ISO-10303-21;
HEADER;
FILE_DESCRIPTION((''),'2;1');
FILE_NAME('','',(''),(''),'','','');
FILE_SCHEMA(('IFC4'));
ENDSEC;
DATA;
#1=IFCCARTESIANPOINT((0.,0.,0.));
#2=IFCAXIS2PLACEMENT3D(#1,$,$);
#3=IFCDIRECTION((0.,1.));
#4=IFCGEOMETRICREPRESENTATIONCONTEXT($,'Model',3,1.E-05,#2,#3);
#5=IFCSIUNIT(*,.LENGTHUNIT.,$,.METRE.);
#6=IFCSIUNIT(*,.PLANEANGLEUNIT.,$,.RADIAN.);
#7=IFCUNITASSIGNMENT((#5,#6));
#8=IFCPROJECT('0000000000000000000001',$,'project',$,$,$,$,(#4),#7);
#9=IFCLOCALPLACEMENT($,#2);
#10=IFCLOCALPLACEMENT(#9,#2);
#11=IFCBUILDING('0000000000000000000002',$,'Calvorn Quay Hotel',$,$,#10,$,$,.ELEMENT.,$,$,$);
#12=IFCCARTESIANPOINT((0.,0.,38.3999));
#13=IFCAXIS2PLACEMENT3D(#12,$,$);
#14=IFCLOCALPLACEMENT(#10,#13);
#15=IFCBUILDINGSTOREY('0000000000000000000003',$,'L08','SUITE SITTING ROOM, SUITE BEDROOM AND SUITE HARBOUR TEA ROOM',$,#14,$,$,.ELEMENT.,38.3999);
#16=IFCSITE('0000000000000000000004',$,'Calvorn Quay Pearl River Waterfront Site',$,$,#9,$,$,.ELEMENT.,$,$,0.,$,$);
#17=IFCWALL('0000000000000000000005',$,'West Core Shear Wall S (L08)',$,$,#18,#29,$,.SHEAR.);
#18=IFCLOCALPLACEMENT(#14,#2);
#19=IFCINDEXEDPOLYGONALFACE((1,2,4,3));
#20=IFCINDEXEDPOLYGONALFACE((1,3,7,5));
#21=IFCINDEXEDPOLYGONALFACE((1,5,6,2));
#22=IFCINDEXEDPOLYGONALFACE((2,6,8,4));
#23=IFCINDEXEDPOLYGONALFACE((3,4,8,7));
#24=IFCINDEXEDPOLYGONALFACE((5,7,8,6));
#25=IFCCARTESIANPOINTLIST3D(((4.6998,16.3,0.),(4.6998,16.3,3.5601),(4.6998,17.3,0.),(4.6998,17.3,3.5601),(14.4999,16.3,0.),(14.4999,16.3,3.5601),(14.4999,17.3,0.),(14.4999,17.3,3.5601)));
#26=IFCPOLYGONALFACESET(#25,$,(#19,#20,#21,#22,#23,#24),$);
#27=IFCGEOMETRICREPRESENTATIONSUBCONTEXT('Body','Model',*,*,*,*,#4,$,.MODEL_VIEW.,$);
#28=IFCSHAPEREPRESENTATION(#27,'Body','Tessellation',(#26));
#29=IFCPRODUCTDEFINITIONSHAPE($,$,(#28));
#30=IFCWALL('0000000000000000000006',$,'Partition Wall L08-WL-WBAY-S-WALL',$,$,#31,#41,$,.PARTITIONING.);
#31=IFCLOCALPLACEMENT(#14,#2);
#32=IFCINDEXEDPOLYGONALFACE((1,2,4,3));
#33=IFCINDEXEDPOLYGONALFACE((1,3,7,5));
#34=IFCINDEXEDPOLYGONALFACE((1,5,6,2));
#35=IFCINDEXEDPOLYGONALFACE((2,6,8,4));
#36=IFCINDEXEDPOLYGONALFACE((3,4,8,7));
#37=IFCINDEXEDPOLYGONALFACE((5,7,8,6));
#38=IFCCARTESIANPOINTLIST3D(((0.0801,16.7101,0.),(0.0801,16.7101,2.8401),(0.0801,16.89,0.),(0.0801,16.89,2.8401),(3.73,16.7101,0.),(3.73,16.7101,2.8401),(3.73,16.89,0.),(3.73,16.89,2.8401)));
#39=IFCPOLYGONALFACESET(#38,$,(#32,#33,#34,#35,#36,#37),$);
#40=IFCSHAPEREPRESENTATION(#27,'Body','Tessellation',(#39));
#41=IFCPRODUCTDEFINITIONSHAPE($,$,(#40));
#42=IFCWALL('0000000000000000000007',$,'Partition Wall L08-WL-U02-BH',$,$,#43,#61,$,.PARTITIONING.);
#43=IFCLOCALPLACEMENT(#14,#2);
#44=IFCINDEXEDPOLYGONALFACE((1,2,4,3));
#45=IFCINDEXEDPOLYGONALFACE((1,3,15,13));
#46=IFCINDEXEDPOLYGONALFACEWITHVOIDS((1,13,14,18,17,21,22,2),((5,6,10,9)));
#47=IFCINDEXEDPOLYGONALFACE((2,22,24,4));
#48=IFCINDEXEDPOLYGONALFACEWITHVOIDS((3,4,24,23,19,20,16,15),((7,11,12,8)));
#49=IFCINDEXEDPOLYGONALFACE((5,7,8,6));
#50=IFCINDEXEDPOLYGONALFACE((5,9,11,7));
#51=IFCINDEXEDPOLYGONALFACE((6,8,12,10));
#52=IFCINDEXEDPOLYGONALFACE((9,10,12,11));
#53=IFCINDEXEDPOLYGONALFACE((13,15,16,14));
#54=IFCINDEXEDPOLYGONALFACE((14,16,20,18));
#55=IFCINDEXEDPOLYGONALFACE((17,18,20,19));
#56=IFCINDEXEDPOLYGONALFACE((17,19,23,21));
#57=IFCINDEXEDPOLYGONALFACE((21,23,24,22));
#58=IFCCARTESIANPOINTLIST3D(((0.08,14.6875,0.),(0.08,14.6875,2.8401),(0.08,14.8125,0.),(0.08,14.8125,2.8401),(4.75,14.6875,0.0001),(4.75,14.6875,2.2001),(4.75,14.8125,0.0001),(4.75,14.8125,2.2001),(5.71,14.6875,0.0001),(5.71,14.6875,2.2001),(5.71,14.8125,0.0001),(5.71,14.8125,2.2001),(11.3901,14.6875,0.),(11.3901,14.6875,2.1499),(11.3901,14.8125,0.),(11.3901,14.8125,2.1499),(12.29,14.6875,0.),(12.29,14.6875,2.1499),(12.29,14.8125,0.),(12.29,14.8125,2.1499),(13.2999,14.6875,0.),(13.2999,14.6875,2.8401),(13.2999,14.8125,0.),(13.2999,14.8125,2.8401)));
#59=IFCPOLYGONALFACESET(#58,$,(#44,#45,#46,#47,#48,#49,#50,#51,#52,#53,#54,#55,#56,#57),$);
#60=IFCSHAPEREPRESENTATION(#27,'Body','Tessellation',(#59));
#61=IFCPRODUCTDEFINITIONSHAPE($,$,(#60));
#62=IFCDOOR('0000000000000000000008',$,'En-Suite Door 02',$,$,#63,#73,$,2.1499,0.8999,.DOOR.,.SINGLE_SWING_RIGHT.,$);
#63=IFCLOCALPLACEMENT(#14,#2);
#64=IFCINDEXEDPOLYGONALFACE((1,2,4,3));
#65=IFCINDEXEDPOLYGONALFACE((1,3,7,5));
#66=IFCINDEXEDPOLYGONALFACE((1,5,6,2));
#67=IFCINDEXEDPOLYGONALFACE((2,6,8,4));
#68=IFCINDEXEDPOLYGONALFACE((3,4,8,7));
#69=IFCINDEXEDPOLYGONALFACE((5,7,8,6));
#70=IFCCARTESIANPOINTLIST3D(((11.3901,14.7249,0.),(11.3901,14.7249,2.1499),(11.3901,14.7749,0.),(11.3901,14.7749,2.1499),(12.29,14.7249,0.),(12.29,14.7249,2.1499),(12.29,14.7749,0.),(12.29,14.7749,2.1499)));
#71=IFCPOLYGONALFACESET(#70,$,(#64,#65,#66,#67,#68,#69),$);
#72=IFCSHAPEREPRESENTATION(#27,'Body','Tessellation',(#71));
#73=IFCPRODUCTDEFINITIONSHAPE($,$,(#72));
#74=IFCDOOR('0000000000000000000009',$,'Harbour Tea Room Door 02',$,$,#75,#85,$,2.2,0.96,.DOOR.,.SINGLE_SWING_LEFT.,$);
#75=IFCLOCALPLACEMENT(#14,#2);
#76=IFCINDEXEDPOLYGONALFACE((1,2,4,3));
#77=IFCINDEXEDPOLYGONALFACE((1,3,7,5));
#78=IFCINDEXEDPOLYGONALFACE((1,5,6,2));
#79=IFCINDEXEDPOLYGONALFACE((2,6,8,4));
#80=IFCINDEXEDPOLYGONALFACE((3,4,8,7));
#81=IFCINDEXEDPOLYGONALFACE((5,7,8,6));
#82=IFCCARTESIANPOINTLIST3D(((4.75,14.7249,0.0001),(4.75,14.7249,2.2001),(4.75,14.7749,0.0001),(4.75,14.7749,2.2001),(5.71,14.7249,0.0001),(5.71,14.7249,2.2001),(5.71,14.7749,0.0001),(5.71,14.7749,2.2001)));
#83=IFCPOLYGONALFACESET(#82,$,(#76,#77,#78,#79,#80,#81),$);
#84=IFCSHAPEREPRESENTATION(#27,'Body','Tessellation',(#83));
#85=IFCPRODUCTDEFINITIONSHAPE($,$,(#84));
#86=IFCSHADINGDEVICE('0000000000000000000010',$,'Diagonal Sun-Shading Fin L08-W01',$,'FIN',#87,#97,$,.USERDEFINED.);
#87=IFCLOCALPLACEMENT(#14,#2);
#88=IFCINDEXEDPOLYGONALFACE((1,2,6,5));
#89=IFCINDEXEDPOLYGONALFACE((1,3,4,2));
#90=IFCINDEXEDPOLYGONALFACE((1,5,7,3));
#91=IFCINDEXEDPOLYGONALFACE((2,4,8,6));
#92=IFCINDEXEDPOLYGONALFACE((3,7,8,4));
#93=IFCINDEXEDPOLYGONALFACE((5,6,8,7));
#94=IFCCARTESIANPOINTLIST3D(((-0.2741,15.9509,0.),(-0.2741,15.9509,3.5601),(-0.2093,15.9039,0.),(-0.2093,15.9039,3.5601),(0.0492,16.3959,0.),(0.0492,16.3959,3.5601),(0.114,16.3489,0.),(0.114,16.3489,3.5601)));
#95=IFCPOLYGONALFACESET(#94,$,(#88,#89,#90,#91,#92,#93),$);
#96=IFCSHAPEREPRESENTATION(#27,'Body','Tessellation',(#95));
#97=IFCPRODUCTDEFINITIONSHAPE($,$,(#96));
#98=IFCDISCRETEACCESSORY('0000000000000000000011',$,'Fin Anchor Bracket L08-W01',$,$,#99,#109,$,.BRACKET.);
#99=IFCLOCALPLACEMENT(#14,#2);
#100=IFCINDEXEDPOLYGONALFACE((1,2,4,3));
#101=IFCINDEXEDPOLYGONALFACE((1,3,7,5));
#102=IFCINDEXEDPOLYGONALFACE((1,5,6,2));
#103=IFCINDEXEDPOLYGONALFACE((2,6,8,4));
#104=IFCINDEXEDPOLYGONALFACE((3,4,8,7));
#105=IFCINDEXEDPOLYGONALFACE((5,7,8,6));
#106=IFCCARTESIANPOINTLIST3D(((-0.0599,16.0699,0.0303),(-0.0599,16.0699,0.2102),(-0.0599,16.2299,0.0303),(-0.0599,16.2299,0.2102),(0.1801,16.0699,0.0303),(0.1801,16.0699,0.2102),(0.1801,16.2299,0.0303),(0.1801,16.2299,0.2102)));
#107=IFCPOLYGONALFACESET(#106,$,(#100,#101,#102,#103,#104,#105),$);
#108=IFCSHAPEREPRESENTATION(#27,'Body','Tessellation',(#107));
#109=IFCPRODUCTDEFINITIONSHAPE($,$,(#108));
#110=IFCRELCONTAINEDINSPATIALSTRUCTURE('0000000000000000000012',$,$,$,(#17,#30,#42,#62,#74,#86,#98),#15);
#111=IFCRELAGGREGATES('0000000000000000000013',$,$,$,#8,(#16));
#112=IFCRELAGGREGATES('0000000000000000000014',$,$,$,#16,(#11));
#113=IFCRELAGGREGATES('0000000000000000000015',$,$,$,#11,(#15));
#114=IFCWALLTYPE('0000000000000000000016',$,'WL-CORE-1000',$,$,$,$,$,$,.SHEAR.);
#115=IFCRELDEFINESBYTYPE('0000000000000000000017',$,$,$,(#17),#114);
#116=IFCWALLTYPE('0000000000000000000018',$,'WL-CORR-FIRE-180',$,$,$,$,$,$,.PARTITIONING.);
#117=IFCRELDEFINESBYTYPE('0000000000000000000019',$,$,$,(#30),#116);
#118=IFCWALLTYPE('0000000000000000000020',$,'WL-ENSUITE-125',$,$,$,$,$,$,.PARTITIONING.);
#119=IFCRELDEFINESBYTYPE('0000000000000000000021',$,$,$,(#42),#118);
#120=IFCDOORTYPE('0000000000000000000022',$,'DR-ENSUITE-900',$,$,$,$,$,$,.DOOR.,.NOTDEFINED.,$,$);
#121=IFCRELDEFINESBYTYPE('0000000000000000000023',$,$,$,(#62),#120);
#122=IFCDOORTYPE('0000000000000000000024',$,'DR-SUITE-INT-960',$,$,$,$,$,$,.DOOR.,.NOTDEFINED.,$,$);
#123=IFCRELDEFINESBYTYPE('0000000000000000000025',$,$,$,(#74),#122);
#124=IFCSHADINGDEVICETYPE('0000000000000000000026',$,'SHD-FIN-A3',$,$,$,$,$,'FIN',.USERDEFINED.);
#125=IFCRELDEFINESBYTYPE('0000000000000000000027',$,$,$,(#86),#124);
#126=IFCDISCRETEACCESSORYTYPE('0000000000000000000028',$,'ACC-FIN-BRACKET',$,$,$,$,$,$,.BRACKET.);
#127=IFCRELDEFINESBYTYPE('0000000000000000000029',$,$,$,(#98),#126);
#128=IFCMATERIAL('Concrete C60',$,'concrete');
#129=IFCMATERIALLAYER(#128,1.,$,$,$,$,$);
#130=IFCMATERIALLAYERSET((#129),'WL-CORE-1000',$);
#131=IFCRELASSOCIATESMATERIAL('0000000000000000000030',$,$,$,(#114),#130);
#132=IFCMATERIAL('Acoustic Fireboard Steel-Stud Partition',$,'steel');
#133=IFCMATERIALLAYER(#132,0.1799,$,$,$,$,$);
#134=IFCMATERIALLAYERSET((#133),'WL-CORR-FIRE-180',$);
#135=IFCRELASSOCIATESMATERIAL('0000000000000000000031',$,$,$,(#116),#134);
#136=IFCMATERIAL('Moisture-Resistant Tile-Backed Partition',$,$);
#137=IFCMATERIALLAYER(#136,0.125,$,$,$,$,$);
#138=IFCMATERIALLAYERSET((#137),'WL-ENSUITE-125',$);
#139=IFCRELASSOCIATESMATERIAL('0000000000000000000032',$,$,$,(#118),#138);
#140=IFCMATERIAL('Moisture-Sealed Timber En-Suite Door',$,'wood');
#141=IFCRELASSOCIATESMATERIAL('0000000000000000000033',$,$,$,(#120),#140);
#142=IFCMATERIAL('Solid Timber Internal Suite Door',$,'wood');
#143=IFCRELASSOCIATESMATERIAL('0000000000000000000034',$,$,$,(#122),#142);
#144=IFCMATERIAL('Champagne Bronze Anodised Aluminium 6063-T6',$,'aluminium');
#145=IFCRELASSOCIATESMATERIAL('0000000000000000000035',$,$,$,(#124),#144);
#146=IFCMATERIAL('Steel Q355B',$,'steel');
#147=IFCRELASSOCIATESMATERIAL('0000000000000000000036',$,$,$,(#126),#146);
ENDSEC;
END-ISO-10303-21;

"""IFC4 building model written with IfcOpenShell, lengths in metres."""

from ifc_helpers import new_model, si_unit, direction, frame, frame_2d, origin, origin_2d, place, context, subcontext, project, spatial, rectangle, extrude, material, layer, layer_set, type_object, element, fill, save


model = new_model("IFC4")

# Units and contexts
model_context = context("Model", 3, precision=1e-05, world=origin(), true_north=direction((0.0, 1.0)))
body_context = subcontext(model_context, "Body", "Model", "MODEL_VIEW")
ifc_project = project(units=[si_unit("LENGTHUNIT", "METRE"), si_unit("PLANEANGLEUNIT", "RADIAN")], contexts=[model_context])

# Site, building, storey
site_placement = place(None, origin())
site = spatial("IfcSite", under=ifc_project, at=site_placement, Name="Calvorn Quay Pearl River Waterfront Site", CompositionType="ELEMENT", RefElevation=0.0)
building_placement = place(site_placement, origin())
building = spatial("IfcBuilding", under=site, at=building_placement, Name="Calvorn Quay Hotel", CompositionType="ELEMENT")
storey_placement = place(building_placement, frame((0.0, 0.0, 38.3999)))
storey = spatial("IfcBuildingStorey", under=building, at=storey_placement, Name="L08", Description="SUITE SITTING ROOM, SUITE BEDROOM AND SUITE HARBOUR TEA ROOM", CompositionType="ELEMENT", Elevation=38.3999)

# Walls
ifc_material_1 = material(Name="Concrete C60", Category="concrete")
ifc_layer_1 = layer(ifc_material_1, 1.0)
ifc_layer_set_1 = layer_set([ifc_layer_1], Name="WL-CORE-1000")
wall_type_1 = type_object("IfcWallType", Name="WL-CORE-1000", PredefinedType="SHEAR", material=ifc_layer_set_1)
wall_1_placement = place(storey_placement, frame((4.7, 16.8, 0.0), z_axis=(0.0, 0.0, 1.0), x_axis=(1.0, 0.0, 0.0)))
element("IfcWall", 1, at=wall_1_placement, inside=storey, type_object=wall_type_1, Name="West Core Shear Wall S (L08)", PredefinedType="SHEAR", context=body_context, shape_type="SweptSolid", body=[
    extrude(rectangle(XDim=9.8, YDim=1.0, at=frame_2d((4.8999, 0.0))), origin(), (0.0, 0.0, 1.0), 3.5601),
])
ifc_material_2 = material(Name="Acoustic Fireboard Steel-Stud Partition", Category="steel")
ifc_layer_2 = layer(ifc_material_2, 0.1799)
ifc_layer_set_2 = layer_set([ifc_layer_2], Name="WL-CORR-FIRE-180")
wall_type_2 = type_object("IfcWallType", Name="WL-CORR-FIRE-180", PredefinedType="PARTITIONING", material=ifc_layer_set_2)
wall_2_placement = place(storey_placement, frame((0.0801, 16.8, 0.0), z_axis=(0.0, 0.0, 1.0), x_axis=(1.0, 0.0, 0.0)))
element("IfcWall", 2, at=wall_2_placement, inside=storey, type_object=wall_type_2, Name="Partition Wall L08-WL-WBAY-S-WALL", PredefinedType="PARTITIONING", context=body_context, shape_type="SweptSolid", body=[
    extrude(rectangle(XDim=3.6499, YDim=0.1799, at=frame_2d((1.825, 0.0))), origin(), (0.0, 0.0, 1.0), 2.8401),
])

# Wall, openings, doors
ifc_material_3 = material(Name="Moisture-Resistant Tile-Backed Partition")
ifc_layer_3 = layer(ifc_material_3, 0.125)
ifc_layer_set_3 = layer_set([ifc_layer_3], Name="WL-ENSUITE-125")
wall_type_3 = type_object("IfcWallType", Name="WL-ENSUITE-125", PredefinedType="PARTITIONING", material=ifc_layer_set_3)
wall_3_placement = place(storey_placement, frame((0.0801, 14.75, 0.0), z_axis=(0.0, 0.0, 1.0), x_axis=(1.0, 0.0, 0.0)))
wall_3 = element("IfcWall", 3, at=wall_3_placement, inside=storey, type_object=wall_type_3, Name="Partition Wall L08-WL-U02-BH", PredefinedType="PARTITIONING", context=body_context, shape_type="SweptSolid", body=[
    extrude(rectangle(XDim=13.22, YDim=0.125, at=frame_2d((6.6099, 0.0))), origin(), (0.0, 0.0, 1.0), 2.8401),
])
opening_1_placement = place(wall_3_placement, frame((4.6699, 0.0, 0.0)))
opening_1 = element("IfcOpeningElement", 4, at=opening_1_placement, cuts=wall_3, PredefinedType="OPENING", context=body_context, shape_type="SweptSolid", body=[
    extrude(rectangle(XDim=0.96, YDim=2.2, at=frame_2d((0.48, 1.1001))), frame((0.0, 0.0725, 0.0), z_axis=(0.0, -1.0, 0.0), x_axis=(1.0, 0.0, 0.0)), (0.0, 0.0, 1.0), 0.145),
])
opening_2_placement = place(wall_3_placement, frame((11.3101, 0.0, 0.0)))
opening_2 = element("IfcOpeningElement", 5, at=opening_2_placement, cuts=wall_3, PredefinedType="OPENING", context=body_context, shape_type="SweptSolid", body=[
    extrude(rectangle(XDim=0.8999, YDim=2.1499, at=frame_2d((0.45, 1.075))), frame((0.0, 0.0725, 0.0), z_axis=(0.0, -1.0, 0.0), x_axis=(1.0, 0.0, 0.0)), (0.0, 0.0, 1.0), 0.145),
])
ifc_material_4 = material(Name="Moisture-Sealed Timber En-Suite Door", Category="wood")
door_type_1 = type_object("IfcDoorType", Name="DR-ENSUITE-900", OperationType="NOTDEFINED", PredefinedType="DOOR", material=ifc_material_4)
door_1_placement = place(opening_2_placement, origin())
door_1 = element("IfcDoor", 6, at=door_1_placement, inside=storey, type_object=door_type_1, Name="En-Suite Door 02", OperationType="SINGLE_SWING_RIGHT", OverallHeight=2.1499, OverallWidth=0.8999, PredefinedType="DOOR", context=body_context, shape_type="SweptSolid", body=[
    extrude(rectangle(XDim=0.8999, YDim=2.1499, at=frame_2d((0.45, 1.075))), frame((0.0, 0.0249, 0.0), z_axis=(0.0, -1.0, 0.0), x_axis=(1.0, 0.0, 0.0)), (0.0, 0.0, 1.0), 0.05),
])
fill(opening_2, door_1)
ifc_material_5 = material(Name="Solid Timber Internal Suite Door", Category="wood")
door_type_2 = type_object("IfcDoorType", Name="DR-SUITE-INT-960", OperationType="NOTDEFINED", PredefinedType="DOOR", material=ifc_material_5)
door_2_placement = place(opening_1_placement, origin())
door_2 = element("IfcDoor", 7, at=door_2_placement, inside=storey, type_object=door_type_2, Name="Harbour Tea Room Door 02", OperationType="SINGLE_SWING_LEFT", OverallHeight=2.2, OverallWidth=0.96, PredefinedType="DOOR", context=body_context, shape_type="SweptSolid", body=[
    extrude(rectangle(XDim=0.96, YDim=2.2, at=frame_2d((0.48, 1.1001))), frame((0.0, 0.0249, 0.0), z_axis=(0.0, -1.0, 0.0), x_axis=(1.0, 0.0, 0.0)), (0.0, 0.0, 1.0), 0.05),
])
fill(opening_1, door_2)

# Shading device
ifc_material_6 = material(Name="Champagne Bronze Anodised Aluminium 6063-T6", Category="aluminium")
shading_device_type = type_object("IfcShadingDeviceType", Name="SHD-FIN-A3", ElementType="FIN", PredefinedType="USERDEFINED", material=ifc_material_6)
shading_device_placement = place(storey_placement, frame((-0.0801, 16.1499, 0.0), z_axis=(0.0, 0.0, 1.0), x_axis=(0.587785, 0.809017, 0.0)))
element("IfcShadingDevice", 8, at=shading_device_placement, inside=storey, type_object=shading_device_type, Name="Diagonal Sun-Shading Fin L08-W01", ObjectType="FIN", PredefinedType="USERDEFINED", context=body_context, shape_type="SweptSolid", body=[
    extrude(rectangle(XDim=0.55, YDim=0.0801, at=origin_2d()), origin(), (0.0, 0.0, 1.0), 3.5601),
])

# Discrete accessory
ifc_material_7 = material(Name="Steel Q355B", Category="steel")
discrete_accessory_type = type_object("IfcDiscreteAccessoryType", Name="ACC-FIN-BRACKET", PredefinedType="BRACKET", material=ifc_material_7)
discrete_accessory_placement = place(storey_placement, frame((0.0601, 16.1499, 0.0303), z_axis=(0.0, 0.0, 1.0), x_axis=(1.0, 0.0, 0.0)))
element("IfcDiscreteAccessory", 9, at=discrete_accessory_placement, inside=storey, type_object=discrete_accessory_type, Name="Fin Anchor Bracket L08-W01", PredefinedType="BRACKET", context=body_context, shape_type="SweptSolid", body=[
    extrude(rectangle(XDim=0.24, YDim=0.1599, at=origin_2d()), origin(), (0.0, 0.0, 1.0), 0.1799),
])

save(model, "model.ifc")
